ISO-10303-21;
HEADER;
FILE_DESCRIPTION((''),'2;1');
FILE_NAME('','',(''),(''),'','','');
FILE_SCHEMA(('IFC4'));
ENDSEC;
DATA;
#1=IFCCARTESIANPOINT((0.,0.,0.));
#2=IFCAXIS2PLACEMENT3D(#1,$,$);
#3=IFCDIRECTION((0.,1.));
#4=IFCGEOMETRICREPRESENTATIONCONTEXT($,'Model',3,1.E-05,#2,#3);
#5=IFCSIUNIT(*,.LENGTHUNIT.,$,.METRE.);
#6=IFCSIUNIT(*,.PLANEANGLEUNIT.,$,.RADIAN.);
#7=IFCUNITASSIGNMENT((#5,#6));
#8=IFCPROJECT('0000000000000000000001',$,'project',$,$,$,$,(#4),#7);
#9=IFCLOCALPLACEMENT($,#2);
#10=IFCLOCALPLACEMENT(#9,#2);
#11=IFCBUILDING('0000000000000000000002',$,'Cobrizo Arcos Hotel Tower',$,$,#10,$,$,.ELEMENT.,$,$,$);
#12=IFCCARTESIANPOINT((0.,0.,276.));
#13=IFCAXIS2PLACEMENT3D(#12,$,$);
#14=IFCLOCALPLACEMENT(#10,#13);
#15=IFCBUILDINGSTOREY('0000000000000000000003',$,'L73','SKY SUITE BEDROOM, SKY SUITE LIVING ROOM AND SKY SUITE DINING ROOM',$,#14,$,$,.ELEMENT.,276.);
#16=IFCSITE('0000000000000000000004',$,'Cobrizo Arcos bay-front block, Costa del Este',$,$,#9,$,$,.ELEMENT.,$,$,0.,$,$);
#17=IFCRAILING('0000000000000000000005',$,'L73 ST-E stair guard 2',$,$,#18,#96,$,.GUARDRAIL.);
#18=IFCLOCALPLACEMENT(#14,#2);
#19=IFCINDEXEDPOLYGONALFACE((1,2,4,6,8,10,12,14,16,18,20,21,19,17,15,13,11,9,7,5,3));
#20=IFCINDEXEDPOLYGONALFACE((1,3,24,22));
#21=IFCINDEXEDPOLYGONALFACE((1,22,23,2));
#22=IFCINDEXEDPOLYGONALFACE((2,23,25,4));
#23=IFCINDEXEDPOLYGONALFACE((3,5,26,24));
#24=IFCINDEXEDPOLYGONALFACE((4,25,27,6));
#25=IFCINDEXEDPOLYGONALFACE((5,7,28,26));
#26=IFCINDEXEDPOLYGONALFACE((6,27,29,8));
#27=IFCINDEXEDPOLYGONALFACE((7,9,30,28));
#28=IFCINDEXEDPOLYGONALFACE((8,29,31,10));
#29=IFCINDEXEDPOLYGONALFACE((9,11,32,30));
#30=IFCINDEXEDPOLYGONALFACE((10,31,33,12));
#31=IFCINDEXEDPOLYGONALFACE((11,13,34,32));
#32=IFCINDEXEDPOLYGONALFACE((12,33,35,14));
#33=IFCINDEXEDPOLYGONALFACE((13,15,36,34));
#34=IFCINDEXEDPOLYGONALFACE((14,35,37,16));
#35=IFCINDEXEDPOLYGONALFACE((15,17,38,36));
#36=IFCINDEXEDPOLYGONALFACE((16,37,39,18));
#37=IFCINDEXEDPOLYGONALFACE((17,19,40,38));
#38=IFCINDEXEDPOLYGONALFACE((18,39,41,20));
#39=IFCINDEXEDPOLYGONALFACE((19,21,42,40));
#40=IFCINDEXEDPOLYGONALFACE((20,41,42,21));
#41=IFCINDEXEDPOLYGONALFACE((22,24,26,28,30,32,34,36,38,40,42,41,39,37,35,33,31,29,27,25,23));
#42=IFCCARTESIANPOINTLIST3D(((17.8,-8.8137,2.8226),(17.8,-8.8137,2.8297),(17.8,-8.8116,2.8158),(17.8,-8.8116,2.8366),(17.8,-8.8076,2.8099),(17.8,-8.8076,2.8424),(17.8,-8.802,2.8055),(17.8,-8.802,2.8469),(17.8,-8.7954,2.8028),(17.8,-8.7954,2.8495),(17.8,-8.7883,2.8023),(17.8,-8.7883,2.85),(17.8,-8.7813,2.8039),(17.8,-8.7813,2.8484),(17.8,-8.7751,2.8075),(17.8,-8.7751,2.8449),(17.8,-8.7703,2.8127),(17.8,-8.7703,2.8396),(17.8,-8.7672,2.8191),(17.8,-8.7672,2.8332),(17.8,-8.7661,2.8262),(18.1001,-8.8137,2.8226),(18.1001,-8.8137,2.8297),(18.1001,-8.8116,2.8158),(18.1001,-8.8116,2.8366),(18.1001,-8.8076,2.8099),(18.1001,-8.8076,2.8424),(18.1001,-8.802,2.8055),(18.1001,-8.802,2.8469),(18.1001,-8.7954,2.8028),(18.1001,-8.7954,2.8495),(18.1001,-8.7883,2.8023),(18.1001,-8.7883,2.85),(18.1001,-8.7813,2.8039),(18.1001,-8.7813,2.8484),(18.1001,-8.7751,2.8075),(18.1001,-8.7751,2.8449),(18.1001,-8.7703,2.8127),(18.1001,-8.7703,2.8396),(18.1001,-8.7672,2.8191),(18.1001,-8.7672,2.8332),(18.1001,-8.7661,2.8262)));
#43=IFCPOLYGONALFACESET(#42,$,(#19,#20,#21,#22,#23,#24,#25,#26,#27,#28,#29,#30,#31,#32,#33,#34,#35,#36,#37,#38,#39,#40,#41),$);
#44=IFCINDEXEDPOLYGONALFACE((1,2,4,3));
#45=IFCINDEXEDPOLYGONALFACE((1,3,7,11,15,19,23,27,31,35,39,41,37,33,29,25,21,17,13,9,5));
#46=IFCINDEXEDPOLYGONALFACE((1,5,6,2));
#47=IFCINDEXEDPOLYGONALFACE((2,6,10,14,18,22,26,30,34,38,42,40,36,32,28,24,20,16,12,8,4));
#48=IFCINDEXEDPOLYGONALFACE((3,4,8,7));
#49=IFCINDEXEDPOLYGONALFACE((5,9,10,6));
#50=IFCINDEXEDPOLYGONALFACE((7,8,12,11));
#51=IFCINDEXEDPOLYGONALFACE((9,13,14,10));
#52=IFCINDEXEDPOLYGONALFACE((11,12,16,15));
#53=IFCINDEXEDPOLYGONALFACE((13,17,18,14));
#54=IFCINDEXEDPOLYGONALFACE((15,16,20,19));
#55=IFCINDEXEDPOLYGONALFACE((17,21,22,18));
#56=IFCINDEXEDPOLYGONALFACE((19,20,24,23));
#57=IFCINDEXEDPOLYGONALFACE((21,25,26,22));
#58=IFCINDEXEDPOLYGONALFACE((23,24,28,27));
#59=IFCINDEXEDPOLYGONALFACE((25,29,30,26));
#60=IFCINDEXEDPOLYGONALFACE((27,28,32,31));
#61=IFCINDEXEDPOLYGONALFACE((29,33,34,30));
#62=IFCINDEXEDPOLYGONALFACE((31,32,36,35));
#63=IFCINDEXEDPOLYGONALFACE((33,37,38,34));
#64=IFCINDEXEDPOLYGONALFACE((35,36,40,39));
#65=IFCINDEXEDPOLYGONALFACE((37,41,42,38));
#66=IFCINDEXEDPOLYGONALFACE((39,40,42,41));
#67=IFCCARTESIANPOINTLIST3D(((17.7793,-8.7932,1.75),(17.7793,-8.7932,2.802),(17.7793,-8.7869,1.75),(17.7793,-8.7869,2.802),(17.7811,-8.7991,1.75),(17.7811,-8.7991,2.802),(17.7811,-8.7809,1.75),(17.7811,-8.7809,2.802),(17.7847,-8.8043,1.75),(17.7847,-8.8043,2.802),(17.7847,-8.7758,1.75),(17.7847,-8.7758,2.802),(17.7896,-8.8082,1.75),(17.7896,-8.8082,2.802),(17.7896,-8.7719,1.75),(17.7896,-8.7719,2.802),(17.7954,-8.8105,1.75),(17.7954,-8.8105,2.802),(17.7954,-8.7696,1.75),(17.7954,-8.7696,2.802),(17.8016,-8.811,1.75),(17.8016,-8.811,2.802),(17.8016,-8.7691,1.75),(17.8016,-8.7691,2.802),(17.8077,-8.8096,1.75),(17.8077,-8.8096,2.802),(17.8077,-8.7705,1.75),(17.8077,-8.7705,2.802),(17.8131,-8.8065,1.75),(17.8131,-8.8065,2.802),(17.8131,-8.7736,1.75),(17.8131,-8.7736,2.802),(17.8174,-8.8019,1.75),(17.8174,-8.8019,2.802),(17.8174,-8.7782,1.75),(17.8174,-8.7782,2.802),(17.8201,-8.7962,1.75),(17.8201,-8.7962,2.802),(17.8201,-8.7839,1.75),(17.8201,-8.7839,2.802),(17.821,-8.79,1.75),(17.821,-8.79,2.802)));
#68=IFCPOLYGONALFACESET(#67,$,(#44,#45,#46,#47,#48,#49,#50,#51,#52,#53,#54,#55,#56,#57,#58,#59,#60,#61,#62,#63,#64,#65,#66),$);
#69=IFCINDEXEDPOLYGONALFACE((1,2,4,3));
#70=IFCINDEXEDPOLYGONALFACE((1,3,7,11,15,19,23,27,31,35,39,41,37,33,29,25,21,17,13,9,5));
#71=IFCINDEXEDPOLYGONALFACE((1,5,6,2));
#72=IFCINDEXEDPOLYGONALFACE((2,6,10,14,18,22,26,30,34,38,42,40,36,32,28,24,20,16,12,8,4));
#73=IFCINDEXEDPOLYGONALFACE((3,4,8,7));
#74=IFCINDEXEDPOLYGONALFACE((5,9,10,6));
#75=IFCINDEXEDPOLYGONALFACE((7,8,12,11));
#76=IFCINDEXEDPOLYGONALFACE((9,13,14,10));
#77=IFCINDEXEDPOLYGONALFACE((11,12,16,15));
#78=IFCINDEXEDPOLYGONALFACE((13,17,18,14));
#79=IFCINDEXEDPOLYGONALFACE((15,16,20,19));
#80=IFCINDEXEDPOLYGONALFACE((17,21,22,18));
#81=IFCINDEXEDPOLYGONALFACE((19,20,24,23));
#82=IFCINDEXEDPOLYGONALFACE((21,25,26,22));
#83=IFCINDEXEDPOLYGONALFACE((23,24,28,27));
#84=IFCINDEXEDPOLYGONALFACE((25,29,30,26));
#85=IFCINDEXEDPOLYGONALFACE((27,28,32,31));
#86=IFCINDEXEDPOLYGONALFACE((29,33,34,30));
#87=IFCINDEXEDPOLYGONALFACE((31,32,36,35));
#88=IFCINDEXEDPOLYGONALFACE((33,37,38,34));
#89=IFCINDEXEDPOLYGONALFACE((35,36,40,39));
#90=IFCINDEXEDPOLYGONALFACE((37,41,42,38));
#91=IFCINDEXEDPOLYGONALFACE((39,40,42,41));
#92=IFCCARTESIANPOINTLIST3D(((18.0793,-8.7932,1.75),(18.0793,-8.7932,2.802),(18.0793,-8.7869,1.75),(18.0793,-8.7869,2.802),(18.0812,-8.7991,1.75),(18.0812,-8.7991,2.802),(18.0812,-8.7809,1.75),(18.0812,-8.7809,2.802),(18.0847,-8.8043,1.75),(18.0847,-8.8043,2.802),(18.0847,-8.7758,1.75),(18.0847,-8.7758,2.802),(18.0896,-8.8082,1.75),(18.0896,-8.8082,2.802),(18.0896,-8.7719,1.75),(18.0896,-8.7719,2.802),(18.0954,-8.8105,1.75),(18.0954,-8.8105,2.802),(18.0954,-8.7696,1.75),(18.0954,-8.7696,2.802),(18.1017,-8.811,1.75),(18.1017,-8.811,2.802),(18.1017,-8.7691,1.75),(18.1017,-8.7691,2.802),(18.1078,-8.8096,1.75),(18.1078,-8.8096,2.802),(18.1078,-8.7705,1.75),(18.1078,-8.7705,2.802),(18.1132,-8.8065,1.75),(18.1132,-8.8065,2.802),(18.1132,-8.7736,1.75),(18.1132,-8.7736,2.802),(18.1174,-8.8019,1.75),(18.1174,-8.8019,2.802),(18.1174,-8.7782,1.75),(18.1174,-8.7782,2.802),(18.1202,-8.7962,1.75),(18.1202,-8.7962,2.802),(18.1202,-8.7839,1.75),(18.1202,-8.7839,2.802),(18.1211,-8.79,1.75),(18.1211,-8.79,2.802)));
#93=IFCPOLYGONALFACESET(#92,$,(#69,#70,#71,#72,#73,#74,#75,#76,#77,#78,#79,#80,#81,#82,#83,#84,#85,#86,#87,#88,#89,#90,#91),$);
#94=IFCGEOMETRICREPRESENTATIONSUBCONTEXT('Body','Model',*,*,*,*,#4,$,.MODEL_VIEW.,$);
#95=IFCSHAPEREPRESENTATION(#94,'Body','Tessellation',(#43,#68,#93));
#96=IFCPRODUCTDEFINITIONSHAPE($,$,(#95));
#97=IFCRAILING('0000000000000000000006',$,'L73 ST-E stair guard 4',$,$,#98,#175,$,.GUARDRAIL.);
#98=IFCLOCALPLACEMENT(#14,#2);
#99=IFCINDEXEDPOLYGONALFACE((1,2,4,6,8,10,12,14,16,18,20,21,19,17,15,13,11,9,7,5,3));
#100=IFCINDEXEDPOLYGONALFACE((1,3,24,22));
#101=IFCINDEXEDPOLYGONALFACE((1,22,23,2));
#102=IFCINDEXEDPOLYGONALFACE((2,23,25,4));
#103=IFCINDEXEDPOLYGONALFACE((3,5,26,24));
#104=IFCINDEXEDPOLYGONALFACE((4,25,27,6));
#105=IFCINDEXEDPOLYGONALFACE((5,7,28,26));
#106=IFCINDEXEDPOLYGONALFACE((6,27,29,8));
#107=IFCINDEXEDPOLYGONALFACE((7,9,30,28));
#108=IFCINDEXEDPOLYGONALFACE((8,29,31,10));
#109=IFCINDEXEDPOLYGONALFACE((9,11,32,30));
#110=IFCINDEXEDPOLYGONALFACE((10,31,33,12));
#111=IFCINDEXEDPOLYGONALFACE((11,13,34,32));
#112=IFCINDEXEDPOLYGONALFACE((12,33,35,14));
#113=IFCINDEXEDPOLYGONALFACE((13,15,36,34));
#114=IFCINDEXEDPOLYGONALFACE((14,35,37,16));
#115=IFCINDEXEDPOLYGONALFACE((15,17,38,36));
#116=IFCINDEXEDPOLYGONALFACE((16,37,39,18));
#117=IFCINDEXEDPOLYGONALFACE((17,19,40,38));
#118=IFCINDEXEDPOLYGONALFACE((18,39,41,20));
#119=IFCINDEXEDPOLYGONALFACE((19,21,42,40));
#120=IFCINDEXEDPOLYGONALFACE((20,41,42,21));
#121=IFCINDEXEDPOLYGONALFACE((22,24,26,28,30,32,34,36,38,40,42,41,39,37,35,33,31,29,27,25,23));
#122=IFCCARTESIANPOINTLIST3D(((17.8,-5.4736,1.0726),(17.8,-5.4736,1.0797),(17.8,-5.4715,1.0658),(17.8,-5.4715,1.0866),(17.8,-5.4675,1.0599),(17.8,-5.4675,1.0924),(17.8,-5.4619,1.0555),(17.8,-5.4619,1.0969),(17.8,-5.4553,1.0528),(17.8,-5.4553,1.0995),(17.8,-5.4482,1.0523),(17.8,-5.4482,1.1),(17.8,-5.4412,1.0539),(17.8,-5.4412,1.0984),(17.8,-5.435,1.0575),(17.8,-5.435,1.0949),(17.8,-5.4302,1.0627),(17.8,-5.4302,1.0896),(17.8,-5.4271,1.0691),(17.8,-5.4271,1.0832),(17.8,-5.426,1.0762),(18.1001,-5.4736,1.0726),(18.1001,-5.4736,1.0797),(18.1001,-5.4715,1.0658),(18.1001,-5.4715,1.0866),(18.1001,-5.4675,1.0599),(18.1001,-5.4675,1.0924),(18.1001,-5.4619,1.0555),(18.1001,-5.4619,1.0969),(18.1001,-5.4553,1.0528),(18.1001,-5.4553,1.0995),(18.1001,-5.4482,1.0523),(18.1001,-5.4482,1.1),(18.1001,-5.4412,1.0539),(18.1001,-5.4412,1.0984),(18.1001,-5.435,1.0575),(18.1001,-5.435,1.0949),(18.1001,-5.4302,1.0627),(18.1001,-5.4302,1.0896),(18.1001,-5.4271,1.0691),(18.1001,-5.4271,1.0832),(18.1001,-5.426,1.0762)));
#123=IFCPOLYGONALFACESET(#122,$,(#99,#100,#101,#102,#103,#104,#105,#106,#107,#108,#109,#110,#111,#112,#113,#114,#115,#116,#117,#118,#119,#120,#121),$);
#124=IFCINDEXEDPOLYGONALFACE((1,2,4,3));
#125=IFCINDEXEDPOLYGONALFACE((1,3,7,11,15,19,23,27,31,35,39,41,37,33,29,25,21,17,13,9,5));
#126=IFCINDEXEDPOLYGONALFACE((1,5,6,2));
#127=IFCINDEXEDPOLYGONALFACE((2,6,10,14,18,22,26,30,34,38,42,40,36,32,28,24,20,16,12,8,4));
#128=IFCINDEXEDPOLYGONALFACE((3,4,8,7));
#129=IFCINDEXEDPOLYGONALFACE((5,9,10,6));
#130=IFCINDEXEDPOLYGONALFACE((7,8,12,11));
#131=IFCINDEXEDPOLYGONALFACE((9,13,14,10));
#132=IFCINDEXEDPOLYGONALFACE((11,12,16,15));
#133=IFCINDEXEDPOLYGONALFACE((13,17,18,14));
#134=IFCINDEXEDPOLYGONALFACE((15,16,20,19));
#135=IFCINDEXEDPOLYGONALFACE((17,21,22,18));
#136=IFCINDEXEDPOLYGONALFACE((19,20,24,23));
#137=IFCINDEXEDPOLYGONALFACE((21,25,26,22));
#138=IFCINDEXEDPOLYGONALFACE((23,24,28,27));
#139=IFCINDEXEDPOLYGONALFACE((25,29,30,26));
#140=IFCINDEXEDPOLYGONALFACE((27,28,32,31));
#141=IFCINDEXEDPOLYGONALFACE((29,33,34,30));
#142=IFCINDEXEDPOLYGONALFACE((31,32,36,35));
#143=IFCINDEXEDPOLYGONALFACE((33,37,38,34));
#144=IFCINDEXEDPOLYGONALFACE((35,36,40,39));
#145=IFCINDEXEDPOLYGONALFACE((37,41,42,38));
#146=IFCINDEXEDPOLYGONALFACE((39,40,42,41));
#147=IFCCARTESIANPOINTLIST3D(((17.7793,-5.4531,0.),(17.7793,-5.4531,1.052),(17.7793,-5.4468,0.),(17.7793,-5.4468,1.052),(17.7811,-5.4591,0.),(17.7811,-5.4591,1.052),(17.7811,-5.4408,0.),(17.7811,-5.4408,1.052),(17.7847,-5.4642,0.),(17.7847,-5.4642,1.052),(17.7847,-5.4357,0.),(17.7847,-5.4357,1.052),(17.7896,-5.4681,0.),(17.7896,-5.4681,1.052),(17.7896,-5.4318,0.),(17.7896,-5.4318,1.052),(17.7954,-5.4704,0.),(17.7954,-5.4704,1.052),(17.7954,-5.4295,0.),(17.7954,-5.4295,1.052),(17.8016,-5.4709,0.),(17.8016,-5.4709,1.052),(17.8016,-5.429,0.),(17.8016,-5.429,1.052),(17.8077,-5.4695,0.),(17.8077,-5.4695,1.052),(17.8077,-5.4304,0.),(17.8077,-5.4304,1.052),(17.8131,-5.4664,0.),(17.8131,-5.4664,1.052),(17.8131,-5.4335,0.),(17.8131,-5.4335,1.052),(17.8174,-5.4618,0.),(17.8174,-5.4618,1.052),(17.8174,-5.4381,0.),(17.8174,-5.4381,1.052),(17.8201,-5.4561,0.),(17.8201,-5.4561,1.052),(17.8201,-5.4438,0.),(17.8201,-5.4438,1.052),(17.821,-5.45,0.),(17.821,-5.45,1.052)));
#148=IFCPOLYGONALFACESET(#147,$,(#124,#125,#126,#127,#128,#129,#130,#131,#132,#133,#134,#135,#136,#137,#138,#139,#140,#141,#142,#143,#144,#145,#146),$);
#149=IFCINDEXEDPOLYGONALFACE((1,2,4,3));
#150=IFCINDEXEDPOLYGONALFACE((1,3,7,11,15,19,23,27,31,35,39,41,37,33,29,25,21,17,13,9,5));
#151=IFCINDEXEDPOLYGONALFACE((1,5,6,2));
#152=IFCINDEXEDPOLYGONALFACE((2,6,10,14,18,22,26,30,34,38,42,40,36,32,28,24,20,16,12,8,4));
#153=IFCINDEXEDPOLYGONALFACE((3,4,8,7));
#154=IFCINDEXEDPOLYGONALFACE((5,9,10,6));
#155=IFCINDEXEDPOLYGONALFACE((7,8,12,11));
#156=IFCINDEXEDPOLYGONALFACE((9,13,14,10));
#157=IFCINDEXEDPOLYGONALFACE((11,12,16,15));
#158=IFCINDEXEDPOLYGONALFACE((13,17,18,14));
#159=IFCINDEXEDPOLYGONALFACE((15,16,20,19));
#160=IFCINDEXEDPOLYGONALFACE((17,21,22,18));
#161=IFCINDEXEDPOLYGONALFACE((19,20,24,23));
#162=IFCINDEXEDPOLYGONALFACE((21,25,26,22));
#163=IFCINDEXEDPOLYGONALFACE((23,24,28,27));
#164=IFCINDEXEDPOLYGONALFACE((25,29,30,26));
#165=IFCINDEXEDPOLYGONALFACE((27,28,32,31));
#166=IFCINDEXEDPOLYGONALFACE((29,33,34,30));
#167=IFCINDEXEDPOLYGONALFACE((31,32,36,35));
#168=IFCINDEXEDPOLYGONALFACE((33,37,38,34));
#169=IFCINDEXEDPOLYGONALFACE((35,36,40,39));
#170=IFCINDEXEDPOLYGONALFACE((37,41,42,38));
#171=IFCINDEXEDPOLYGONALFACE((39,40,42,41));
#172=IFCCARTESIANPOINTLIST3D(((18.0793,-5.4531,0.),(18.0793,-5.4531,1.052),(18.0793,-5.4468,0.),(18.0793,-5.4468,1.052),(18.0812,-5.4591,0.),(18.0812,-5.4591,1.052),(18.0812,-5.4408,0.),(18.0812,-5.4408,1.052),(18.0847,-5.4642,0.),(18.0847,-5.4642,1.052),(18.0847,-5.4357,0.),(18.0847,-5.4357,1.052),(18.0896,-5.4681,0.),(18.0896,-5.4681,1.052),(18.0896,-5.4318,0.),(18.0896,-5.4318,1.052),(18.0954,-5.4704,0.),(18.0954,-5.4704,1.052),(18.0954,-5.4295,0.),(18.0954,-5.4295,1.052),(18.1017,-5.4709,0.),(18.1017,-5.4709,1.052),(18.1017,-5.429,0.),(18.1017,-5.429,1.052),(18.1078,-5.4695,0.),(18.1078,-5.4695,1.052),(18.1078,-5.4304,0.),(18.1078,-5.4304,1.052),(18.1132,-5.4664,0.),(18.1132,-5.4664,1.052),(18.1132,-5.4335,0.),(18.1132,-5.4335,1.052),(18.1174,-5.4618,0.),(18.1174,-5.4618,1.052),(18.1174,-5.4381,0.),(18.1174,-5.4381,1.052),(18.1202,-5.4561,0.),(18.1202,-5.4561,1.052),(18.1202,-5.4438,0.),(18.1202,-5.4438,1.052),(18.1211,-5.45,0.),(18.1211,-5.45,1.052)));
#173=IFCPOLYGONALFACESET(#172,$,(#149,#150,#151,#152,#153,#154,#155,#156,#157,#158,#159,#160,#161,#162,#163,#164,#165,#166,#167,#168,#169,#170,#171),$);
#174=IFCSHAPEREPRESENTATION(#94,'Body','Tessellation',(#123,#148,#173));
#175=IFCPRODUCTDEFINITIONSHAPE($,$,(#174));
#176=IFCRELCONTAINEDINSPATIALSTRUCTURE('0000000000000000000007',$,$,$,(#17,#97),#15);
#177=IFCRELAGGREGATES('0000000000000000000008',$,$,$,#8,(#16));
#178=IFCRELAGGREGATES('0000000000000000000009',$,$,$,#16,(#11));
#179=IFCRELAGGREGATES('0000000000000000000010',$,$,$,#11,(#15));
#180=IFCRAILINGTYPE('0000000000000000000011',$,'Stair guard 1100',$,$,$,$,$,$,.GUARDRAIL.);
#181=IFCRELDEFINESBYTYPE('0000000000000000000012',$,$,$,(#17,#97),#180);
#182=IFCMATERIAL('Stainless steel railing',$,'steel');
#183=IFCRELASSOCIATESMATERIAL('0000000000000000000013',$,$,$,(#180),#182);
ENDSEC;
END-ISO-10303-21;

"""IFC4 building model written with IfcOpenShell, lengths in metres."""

from ifc_helpers import new_model, si_unit, direction, frame, origin, origin_2d, place, context, subcontext, project, spatial, circle, extrude, material, type_object, element, save


model = new_model("IFC4")

# Units and contexts
model_context = context("Model", 3, precision=1e-05, world=origin(), true_north=direction((0.0, 1.0)))
body_context = subcontext(model_context, "Body", "Model", "MODEL_VIEW")
ifc_project = project(units=[si_unit("LENGTHUNIT", "METRE"), si_unit("PLANEANGLEUNIT", "RADIAN")], contexts=[model_context])

# Site, building, storey
site_placement = place(None, origin())
site = spatial("IfcSite", under=ifc_project, at=site_placement, Name="Cobrizo Arcos bay-front block, Costa del Este", CompositionType="ELEMENT", RefElevation=0.0)
building_placement = place(site_placement, origin())
building = spatial("IfcBuilding", under=site, at=building_placement, Name="Cobrizo Arcos Hotel Tower", CompositionType="ELEMENT")
storey_placement = place(building_placement, frame((0.0, 0.0, 276.0)))
storey = spatial("IfcBuildingStorey", under=building, at=storey_placement, Name="L73", Description="SKY SUITE BEDROOM, SKY SUITE LIVING ROOM AND SKY SUITE DINING ROOM", CompositionType="ELEMENT", Elevation=276.0)

# Railings
ifc_material_1 = material(Name="Stainless steel railing", Category="steel")
railing_type_1 = type_object("IfcRailingType", Name="Stair guard 1100", PredefinedType="GUARDRAIL", material=ifc_material_1)
for number, where, name in (
    (1, (17.8, -8.79, 1.75), "L73 ST-E stair guard 2"),
    (2, (17.8, -5.45, 0.0), "L73 ST-E stair guard 4"),
):
    element("IfcRailing", number, at=place(storey_placement, frame(where)), inside=storey, type_object=railing_type_1, Name=name, PredefinedType="GUARDRAIL", context=body_context, shape_type="SweptSolid", body=[
        extrude(circle(Radius=0.0239, at=origin_2d()), frame((0.0, 0.0, 1.0762), z_axis=(1.0, 0.0, 0.0), x_axis=(0.0, 1.0, 0.0)), (0.0, 0.0, 1.0), 0.3),
        extrude(circle(Radius=0.021, at=origin_2d()), origin(), (0.0, 0.0, 1.0), 1.052),
        extrude(circle(Radius=0.021, at=origin_2d()), frame((0.3, 0.0, 0.0)), (0.0, 0.0, 1.0), 1.052),
    ])

save(model, "model.ifc")
